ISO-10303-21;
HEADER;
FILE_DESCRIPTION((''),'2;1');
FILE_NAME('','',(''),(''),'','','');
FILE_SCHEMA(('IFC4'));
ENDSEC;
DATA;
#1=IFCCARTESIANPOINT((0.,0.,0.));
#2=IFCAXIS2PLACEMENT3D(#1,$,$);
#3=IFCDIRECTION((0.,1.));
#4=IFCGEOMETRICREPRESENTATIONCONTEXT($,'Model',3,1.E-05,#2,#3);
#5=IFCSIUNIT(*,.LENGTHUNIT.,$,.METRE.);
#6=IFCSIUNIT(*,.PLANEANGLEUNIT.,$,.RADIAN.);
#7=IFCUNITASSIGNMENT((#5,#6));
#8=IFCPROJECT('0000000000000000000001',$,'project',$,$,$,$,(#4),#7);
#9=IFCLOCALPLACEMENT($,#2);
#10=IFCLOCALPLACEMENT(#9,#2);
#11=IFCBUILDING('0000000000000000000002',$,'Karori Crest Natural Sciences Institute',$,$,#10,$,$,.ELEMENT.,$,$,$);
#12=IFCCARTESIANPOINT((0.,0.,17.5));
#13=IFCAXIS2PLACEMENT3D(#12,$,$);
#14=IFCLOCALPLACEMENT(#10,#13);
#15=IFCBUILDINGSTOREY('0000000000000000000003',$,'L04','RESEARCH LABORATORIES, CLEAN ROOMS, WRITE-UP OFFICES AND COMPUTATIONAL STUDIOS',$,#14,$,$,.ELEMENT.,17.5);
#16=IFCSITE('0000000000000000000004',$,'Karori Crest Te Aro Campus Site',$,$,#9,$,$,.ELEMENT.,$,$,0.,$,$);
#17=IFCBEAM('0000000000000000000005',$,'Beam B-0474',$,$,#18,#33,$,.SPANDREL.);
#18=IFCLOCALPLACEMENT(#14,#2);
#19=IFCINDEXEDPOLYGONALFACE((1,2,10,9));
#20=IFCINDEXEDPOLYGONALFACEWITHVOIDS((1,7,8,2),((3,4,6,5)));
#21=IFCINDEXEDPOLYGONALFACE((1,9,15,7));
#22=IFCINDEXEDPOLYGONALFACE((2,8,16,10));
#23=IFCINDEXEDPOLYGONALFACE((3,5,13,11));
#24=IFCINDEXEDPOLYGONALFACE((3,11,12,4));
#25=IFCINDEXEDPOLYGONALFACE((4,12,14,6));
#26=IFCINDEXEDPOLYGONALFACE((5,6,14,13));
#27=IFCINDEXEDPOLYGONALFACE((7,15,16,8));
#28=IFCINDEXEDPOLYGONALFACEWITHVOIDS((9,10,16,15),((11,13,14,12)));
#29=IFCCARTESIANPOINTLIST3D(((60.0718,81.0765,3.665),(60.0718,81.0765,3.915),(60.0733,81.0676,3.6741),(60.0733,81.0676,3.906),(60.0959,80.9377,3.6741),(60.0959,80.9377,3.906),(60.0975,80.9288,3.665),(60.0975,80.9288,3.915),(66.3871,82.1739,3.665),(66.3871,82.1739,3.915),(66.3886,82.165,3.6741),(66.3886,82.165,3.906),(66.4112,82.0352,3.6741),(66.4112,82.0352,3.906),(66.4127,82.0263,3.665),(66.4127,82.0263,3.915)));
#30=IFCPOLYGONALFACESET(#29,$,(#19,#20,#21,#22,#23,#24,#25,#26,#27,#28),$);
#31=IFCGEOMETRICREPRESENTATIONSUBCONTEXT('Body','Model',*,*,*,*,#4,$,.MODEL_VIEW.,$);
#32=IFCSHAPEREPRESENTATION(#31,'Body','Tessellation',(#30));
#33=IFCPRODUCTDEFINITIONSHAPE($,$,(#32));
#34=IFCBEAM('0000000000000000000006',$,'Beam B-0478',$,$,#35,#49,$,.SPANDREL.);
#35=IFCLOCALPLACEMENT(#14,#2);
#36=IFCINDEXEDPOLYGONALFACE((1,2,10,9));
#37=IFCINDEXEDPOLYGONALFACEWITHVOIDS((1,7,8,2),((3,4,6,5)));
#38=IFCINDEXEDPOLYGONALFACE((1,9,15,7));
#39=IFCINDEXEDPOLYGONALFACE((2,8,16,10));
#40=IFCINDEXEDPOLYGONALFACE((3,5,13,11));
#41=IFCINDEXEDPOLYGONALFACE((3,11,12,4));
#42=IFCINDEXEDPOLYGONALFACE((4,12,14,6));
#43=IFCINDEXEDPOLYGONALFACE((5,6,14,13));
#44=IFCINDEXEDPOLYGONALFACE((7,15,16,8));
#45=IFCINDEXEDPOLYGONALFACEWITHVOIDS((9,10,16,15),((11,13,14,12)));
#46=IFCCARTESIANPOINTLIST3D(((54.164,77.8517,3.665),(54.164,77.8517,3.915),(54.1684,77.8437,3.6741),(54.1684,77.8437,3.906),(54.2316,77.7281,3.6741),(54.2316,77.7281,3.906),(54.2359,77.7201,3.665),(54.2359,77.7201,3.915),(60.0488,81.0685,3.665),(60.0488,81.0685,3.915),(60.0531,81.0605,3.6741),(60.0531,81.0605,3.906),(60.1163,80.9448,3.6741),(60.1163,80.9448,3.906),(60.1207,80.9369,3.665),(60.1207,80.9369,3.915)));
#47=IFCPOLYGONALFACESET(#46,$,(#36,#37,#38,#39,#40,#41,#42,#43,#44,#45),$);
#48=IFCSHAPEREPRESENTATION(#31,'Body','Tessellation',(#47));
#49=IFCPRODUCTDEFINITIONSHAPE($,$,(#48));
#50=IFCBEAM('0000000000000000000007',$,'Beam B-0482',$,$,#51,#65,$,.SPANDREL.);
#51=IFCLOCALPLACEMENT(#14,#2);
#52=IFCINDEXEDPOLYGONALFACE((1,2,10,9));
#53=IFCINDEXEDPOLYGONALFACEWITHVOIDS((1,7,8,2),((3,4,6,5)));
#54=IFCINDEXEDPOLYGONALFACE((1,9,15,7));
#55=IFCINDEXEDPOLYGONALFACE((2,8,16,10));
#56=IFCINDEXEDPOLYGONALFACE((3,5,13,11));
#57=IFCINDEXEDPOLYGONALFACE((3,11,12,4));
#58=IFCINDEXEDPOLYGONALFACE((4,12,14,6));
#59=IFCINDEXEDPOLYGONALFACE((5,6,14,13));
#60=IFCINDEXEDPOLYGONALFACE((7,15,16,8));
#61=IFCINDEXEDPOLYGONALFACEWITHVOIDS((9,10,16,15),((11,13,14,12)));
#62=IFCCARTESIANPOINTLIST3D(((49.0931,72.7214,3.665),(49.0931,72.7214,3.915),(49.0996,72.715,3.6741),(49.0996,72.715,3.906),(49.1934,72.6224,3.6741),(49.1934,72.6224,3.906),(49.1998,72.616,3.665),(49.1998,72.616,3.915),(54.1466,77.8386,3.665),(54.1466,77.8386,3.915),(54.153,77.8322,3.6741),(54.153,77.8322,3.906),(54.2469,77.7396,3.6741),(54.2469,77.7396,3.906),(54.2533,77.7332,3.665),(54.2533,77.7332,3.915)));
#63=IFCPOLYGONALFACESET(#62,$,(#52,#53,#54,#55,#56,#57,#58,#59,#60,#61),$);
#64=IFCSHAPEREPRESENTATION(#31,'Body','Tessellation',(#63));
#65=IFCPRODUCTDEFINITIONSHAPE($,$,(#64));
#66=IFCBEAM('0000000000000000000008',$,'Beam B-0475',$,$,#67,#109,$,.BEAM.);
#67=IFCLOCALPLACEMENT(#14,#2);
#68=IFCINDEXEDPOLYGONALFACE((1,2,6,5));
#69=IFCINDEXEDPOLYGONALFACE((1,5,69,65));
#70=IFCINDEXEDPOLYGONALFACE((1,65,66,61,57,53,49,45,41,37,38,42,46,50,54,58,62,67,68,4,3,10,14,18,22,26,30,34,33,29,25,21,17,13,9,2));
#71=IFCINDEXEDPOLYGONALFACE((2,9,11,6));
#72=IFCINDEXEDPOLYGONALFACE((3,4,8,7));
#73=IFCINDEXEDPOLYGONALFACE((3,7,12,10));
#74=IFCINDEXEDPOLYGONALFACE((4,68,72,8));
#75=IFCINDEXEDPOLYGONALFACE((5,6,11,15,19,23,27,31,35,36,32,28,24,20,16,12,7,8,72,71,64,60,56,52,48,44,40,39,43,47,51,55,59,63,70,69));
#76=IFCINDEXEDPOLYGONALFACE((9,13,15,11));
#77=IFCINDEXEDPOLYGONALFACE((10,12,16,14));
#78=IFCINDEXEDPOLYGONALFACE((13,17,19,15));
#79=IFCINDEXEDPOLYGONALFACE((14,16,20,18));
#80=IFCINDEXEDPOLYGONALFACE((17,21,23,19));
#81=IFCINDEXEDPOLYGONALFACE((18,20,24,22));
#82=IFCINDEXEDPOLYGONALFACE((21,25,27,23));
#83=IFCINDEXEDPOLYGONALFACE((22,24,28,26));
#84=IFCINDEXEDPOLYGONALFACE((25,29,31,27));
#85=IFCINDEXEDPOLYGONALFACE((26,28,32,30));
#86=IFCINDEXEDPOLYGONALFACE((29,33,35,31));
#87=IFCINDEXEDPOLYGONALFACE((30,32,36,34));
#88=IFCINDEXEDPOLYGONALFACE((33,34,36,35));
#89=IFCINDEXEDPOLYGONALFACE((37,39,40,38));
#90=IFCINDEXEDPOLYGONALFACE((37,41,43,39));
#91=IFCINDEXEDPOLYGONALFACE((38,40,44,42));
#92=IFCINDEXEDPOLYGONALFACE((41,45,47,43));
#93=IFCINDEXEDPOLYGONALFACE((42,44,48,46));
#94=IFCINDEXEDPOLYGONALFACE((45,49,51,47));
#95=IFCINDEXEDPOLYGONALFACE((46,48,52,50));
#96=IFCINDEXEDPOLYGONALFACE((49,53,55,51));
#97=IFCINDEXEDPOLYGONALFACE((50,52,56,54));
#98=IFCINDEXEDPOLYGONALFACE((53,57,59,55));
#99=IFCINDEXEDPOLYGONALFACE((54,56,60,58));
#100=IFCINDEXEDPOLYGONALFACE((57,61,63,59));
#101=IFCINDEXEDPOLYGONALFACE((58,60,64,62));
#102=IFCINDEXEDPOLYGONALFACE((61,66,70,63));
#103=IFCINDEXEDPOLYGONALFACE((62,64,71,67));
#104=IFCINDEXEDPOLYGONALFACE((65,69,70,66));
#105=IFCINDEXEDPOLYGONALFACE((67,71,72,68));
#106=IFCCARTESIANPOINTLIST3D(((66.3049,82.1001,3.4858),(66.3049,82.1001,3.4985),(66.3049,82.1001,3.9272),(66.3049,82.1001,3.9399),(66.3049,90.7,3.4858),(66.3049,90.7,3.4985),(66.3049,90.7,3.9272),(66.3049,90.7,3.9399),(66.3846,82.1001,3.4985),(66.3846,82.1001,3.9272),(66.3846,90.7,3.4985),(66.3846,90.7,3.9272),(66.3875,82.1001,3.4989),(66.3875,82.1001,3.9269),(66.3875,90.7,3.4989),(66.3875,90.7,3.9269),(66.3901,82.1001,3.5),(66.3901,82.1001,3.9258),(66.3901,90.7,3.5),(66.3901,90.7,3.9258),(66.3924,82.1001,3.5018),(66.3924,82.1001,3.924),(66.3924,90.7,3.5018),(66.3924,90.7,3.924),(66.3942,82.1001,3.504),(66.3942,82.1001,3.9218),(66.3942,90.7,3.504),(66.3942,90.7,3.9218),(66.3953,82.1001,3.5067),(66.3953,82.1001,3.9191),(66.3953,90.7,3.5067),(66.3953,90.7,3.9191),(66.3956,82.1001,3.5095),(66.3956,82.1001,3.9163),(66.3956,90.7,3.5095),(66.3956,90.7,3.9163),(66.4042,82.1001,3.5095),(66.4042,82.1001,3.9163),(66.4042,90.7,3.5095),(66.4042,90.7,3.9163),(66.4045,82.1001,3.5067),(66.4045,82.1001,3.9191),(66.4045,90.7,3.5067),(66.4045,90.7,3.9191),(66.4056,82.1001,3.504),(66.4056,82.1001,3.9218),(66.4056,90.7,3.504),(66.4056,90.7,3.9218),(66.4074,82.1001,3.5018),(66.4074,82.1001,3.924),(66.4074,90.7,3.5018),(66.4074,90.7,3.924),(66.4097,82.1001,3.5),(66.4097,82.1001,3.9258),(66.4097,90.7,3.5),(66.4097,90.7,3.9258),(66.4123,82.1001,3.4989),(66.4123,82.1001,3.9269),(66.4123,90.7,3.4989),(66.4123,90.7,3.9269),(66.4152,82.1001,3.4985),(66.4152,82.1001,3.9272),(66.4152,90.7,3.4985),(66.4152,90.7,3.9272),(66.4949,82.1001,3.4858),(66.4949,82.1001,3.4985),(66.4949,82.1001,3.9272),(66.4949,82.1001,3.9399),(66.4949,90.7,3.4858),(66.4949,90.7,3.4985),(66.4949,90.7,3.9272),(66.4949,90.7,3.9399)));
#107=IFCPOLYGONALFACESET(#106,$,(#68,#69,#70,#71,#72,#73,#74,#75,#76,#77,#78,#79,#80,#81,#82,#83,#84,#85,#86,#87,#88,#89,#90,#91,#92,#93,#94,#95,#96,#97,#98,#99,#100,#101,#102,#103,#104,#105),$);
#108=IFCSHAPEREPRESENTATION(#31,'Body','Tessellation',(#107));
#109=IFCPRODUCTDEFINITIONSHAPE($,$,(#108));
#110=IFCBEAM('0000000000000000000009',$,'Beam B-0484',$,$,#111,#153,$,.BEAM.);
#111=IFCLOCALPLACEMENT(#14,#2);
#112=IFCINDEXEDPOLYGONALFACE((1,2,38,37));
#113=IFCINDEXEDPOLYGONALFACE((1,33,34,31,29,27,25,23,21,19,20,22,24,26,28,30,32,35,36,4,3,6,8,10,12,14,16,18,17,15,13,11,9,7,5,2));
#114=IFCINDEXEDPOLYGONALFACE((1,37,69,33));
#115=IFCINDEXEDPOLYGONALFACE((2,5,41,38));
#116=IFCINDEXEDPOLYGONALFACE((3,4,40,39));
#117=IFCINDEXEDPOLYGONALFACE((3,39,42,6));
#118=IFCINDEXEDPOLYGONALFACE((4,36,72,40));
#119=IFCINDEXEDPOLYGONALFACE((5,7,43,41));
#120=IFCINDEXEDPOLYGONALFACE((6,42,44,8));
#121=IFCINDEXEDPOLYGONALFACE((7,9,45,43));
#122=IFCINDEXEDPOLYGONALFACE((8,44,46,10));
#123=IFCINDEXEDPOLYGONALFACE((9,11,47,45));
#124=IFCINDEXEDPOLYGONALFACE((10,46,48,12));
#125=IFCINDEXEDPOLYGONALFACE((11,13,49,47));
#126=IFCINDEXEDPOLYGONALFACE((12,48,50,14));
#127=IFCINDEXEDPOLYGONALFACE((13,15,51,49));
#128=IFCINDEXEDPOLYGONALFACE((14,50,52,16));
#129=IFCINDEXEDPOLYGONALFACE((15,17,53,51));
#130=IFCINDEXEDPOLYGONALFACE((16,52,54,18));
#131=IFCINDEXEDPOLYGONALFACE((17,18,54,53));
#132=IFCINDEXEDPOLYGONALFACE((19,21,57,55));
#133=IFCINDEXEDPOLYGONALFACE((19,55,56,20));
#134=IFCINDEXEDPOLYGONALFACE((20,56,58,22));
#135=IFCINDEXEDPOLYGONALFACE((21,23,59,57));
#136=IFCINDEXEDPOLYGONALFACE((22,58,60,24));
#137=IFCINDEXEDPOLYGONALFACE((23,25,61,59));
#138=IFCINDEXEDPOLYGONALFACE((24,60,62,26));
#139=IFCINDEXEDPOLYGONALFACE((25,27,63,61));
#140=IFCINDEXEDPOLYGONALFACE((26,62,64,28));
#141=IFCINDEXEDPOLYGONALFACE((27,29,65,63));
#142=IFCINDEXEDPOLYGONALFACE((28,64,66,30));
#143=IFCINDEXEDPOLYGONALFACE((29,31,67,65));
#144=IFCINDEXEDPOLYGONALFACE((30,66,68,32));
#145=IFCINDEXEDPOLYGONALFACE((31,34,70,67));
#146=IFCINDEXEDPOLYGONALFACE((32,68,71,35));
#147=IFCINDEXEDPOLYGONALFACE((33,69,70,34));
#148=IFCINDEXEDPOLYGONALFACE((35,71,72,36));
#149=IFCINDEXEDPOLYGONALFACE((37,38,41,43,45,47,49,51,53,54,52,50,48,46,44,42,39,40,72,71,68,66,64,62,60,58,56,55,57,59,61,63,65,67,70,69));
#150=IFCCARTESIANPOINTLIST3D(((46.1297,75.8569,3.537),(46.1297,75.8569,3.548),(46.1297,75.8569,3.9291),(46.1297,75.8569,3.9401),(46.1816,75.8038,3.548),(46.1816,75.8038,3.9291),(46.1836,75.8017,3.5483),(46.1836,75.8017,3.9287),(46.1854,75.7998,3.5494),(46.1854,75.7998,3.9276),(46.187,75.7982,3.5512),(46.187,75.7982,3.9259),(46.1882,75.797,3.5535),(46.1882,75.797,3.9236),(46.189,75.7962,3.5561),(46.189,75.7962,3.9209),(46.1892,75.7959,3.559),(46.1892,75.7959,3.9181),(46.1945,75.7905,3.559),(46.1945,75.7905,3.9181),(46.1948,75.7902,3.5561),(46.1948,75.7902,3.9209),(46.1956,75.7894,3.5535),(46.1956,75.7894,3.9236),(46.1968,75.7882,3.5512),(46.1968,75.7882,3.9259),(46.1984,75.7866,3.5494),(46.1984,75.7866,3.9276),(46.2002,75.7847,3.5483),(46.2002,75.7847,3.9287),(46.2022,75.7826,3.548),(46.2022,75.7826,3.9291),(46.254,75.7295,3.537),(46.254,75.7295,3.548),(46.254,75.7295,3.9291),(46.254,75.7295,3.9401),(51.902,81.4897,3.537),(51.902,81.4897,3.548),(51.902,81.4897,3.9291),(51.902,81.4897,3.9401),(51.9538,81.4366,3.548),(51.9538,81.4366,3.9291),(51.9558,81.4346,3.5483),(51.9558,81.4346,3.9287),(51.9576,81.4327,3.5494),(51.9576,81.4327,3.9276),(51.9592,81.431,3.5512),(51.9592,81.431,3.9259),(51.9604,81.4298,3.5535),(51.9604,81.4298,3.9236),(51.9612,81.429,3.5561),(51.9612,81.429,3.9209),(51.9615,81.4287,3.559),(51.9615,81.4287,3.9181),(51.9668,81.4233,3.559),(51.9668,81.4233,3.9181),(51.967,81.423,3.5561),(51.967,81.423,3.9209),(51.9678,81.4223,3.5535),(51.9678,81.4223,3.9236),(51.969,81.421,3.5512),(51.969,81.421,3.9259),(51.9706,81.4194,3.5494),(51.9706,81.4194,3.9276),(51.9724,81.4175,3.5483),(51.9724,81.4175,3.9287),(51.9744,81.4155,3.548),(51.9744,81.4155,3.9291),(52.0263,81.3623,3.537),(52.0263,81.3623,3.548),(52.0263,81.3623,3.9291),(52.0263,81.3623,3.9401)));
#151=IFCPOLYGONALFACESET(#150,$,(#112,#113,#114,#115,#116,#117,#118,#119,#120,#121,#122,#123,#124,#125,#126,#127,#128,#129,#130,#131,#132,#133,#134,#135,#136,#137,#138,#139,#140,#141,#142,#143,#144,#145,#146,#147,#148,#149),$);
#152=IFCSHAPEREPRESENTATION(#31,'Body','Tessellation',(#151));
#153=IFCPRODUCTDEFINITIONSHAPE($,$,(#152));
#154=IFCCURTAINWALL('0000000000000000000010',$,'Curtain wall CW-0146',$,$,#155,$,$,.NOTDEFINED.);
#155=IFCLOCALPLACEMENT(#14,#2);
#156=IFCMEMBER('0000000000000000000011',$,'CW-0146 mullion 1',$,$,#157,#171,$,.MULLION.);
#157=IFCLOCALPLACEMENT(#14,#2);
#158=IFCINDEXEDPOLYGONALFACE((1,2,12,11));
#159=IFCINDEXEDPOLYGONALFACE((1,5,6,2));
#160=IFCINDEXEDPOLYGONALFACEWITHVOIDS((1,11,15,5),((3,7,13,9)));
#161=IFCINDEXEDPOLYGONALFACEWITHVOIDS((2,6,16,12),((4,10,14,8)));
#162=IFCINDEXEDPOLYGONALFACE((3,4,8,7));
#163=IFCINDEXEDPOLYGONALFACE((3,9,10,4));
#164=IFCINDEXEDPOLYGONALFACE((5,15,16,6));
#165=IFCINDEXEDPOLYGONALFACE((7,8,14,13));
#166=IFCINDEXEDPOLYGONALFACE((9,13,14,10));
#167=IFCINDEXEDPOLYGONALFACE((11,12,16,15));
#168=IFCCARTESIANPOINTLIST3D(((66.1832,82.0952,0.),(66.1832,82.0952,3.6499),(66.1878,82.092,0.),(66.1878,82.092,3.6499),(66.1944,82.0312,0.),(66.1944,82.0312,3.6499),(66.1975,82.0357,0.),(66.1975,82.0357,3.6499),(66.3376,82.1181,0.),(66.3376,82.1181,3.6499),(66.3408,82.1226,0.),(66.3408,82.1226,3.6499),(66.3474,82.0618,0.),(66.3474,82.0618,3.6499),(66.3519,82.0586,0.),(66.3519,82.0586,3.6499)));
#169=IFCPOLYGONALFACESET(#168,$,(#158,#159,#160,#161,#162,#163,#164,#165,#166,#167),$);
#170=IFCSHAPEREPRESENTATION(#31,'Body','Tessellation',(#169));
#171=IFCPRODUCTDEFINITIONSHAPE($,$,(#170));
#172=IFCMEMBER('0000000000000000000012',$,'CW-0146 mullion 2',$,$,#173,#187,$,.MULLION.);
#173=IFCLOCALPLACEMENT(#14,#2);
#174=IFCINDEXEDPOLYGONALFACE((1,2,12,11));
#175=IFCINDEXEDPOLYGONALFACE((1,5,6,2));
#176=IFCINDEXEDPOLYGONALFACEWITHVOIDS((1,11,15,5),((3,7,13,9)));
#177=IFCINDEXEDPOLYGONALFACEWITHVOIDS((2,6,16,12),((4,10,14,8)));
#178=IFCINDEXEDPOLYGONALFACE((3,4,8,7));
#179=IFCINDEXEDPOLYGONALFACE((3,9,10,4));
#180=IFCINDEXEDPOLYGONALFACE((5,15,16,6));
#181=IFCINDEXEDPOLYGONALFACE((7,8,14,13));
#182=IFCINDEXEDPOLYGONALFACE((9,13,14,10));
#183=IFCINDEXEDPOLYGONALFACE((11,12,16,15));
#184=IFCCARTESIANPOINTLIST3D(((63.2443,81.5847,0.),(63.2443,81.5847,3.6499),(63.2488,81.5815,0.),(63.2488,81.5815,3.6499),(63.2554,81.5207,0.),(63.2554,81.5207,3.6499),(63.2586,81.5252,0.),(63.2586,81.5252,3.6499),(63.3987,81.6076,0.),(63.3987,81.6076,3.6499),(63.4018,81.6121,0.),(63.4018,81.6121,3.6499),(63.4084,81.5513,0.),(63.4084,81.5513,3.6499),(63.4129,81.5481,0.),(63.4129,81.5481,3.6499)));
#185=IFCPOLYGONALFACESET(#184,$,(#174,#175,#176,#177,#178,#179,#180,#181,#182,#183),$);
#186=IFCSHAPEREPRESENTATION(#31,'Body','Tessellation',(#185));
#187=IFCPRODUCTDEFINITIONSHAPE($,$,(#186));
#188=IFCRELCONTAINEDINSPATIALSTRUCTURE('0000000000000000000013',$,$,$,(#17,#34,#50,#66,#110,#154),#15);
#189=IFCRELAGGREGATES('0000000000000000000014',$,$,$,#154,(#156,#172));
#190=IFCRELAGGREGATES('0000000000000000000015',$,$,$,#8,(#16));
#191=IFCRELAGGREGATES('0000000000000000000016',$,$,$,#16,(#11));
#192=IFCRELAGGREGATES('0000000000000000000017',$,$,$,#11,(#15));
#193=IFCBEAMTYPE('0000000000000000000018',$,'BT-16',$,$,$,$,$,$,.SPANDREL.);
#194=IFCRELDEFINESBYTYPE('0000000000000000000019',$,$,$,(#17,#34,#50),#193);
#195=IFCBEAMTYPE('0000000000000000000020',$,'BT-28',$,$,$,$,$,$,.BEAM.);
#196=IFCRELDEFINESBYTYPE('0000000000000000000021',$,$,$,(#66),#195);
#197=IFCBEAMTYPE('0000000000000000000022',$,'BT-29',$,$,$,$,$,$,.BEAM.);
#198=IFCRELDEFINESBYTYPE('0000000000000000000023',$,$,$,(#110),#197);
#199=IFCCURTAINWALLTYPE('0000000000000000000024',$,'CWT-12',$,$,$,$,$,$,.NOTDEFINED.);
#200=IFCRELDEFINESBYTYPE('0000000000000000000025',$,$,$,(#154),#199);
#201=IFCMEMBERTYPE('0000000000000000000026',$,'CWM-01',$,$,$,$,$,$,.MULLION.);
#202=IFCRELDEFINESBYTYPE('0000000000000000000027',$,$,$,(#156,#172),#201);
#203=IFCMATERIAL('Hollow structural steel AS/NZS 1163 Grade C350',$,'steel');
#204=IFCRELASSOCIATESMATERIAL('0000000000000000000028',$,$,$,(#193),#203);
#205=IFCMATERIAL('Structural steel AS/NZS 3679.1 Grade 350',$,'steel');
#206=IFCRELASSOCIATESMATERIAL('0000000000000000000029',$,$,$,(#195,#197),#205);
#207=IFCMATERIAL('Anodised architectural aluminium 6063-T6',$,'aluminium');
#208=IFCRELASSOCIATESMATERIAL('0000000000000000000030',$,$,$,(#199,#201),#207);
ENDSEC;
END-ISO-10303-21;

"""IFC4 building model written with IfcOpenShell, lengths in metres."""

from ifc_helpers import new_model, si_unit, direction, frame, origin, origin_2d, place, context, subcontext, project, spatial, hollow_rectangle, i_section, extrude, material, material_profile, profile_set, type_object, element, aggregate, save


model = new_model("IFC4")

# Units and contexts
model_context = context("Model", 3, precision=1e-05, world=origin(), true_north=direction((0.0, 1.0)))
body_context = subcontext(model_context, "Body", "Model", "MODEL_VIEW")
ifc_project = project(units=[si_unit("LENGTHUNIT", "METRE"), si_unit("PLANEANGLEUNIT", "RADIAN")], contexts=[model_context])

# Site, building, storey
site_placement = place(None, origin())
site = spatial("IfcSite", under=ifc_project, at=site_placement, Name="Karori Crest Te Aro Campus Site", CompositionType="ELEMENT", RefElevation=0.0)
building_placement = place(site_placement, origin())
building = spatial("IfcBuilding", under=site, at=building_placement, Name="Karori Crest Natural Sciences Institute", CompositionType="ELEMENT")
storey_placement = place(building_placement, frame((0.0, 0.0, 17.5)))
storey = spatial("IfcBuildingStorey", under=building, at=storey_placement, Name="L04", Description="RESEARCH LABORATORIES, CLEAN ROOMS, WRITE-UP OFFICES AND COMPUTATIONAL STUDIOS", CompositionType="ELEMENT", Elevation=17.5)

# Shared definitions
ifc_material_1 = material(Name="Structural steel AS/NZS 3679.1 Grade 350", Category="steel")

# Beams
ifc_material_2 = material(Name="Hollow structural steel AS/NZS 1163 Grade C350", Category="steel")
ifc_material_profile_1 = material_profile(ifc_material_2, hollow_rectangle(XDim=0.1499, YDim=0.25, WallThickness=0.009, at=origin_2d()), Name="RHS250x150x9")
ifc_profile_set_1 = profile_set([ifc_material_profile_1], Name="Hollow structural steel AS/NZS 1163 Grade C350")
beam_type_1 = type_object("IfcBeamType", Name="BT-16", PredefinedType="SPANDREL", material=ifc_profile_set_1)
beam_1_placement = place(storey_placement, frame((66.3999, 82.1001, 3.79), z_axis=(-0.985235, -0.171208, 0.0), x_axis=(0.171208, -0.985235, 0.0)))
element("IfcBeam", 1, at=beam_1_placement, inside=storey, type_object=beam_type_1, Name="Beam B-0474", PredefinedType="SPANDREL", context=body_context, shape_type="SweptSolid", body=[
    extrude(hollow_rectangle(XDim=0.1499, YDim=0.25, WallThickness=0.009, at=origin_2d()), origin(), (0.0, 0.0, 1.0), 6.4099),
])
beam_2_placement = place(storey_placement, frame((60.0847, 81.0027, 3.79), z_axis=(-0.877461, -0.479648, 0.0), x_axis=(0.479648, -0.877461, 0.0)))
element("IfcBeam", 2, at=beam_2_placement, inside=storey, type_object=beam_type_1, Name="Beam B-0478", PredefinedType="SPANDREL", context=body_context, shape_type="SweptSolid", body=[
    extrude(hollow_rectangle(XDim=0.1499, YDim=0.25, WallThickness=0.009, at=origin_2d()), origin(), (0.0, 0.0, 1.0), 6.7065),
])
beam_3_placement = place(storey_placement, frame((54.2, 77.7859, 3.79), z_axis=(-0.702663, -0.711523, 0.0), x_axis=(0.711523, -0.702663, 0.0)))
element("IfcBeam", 3, at=beam_3_placement, inside=storey, type_object=beam_type_1, Name="Beam B-0482", PredefinedType="SPANDREL", context=body_context, shape_type="SweptSolid", body=[
    extrude(hollow_rectangle(XDim=0.1499, YDim=0.25, WallThickness=0.009, at=origin_2d()), origin(), (0.0, 0.0, 1.0), 7.1919),
])
ifc_material_profile_2 = material_profile(ifc_material_1, i_section(OverallWidth=0.1899, OverallDepth=0.4541, WebThickness=0.0085, FlangeThickness=0.0127, FilletRadius=0.011, at=origin_2d()), Name="460UB67.1")
ifc_profile_set_2 = profile_set([ifc_material_profile_2], Name="Structural steel AS/NZS 3679.1 Grade 350")
beam_type_2 = type_object("IfcBeamType", Name="BT-28", PredefinedType="BEAM", material=ifc_profile_set_2)
beam_4_placement = place(storey_placement, frame((66.3999, 82.1001, 3.7129), z_axis=(0.0, 1.0, 0.0), x_axis=(-1.0, 0.0, 0.0)))
element("IfcBeam", 4, at=beam_4_placement, inside=storey, type_object=beam_type_2, Name="Beam B-0475", PredefinedType="BEAM", context=body_context, shape_type="SweptSolid", body=[
    extrude(i_section(OverallWidth=0.1899, OverallDepth=0.4541, WebThickness=0.0085, FlangeThickness=0.0127, FilletRadius=0.011, at=origin_2d()), origin(), (0.0, 0.0, 1.0), 8.5999),
])
ifc_material_profile_3 = material_profile(ifc_material_1, i_section(OverallWidth=0.178, OverallDepth=0.4031, WebThickness=0.0076, FlangeThickness=0.011, FilletRadius=0.011, at=origin_2d()), Name="410UB53.7")
ifc_profile_set_3 = profile_set([ifc_material_profile_3], Name="Structural steel AS/NZS 3679.1 Grade 350")
beam_type_3 = type_object("IfcBeamType", Name="BT-29", PredefinedType="BEAM", material=ifc_profile_set_3)
beam_5_placement = place(storey_placement, frame((51.9641, 81.426, 3.7385), z_axis=(-0.715696, -0.698412, 0.0), x_axis=(0.698412, -0.715696, 0.0)))
element("IfcBeam", 5, at=beam_5_placement, inside=storey, type_object=beam_type_3, Name="Beam B-0484", PredefinedType="BEAM", context=body_context, shape_type="SweptSolid", body=[
    extrude(i_section(OverallWidth=0.178, OverallDepth=0.4031, WebThickness=0.0076, FlangeThickness=0.011, FilletRadius=0.011, at=origin_2d()), origin(), (0.0, 0.0, 1.0), 8.0652),
])

# Curtain wall, members
ifc_material_3 = material(Name="Anodised architectural aluminium 6063-T6", Category="aluminium")
curtain_wall_type_1 = type_object("IfcCurtainWallType", Name="CWT-12", PredefinedType="NOTDEFINED", material=ifc_material_3)
curtain_wall_1_placement = place(storey_placement, origin())
curtain_wall_1 = element("IfcCurtainWall", 6, at=curtain_wall_1_placement, inside=storey, type_object=curtain_wall_type_1, Name="Curtain wall CW-0146", PredefinedType="NOTDEFINED")
ifc_material_profile_4 = material_profile(ifc_material_3, hollow_rectangle(XDim=0.0649, YDim=0.1599, WallThickness=0.0039, at=origin_2d()), Name="CWM160x65x4")
ifc_profile_set_4 = profile_set([ifc_material_profile_4], Name="Anodised architectural aluminium 6063-T6")
member_type_1 = type_object("IfcMemberType", Name="CWM-01", PredefinedType="MULLION", material=ifc_profile_set_4)
member_1_placement = place(storey_placement, frame((66.2676, 82.0769, 0.0), z_axis=(0.0, 0.0, 1.0), x_axis=(0.171174, -0.985241, 0.0)))
member_1 = element("IfcMember", 7, at=member_1_placement, type_object=member_type_1, Name="CW-0146 mullion 1", PredefinedType="MULLION", context=body_context, shape_type="SweptSolid", body=[
    extrude(hollow_rectangle(XDim=0.0649, YDim=0.1599, WallThickness=0.0039, at=origin_2d()), origin(), (0.0, 0.0, 1.0), 3.6499),
])
member_2_placement = place(storey_placement, frame((63.3286, 81.5664, 0.0), z_axis=(0.0, 0.0, 1.0), x_axis=(0.171174, -0.985241, 0.0)))
member_2 = element("IfcMember", 8, at=member_2_placement, type_object=member_type_1, Name="CW-0146 mullion 2", PredefinedType="MULLION", context=body_context, shape_type="SweptSolid", body=[
    extrude(hollow_rectangle(XDim=0.0649, YDim=0.1599, WallThickness=0.0039, at=origin_2d()), origin(), (0.0, 0.0, 1.0), 3.6499),
])

aggregate(curtain_wall_1, [member_1, member_2])

save(model, "model.ifc")
